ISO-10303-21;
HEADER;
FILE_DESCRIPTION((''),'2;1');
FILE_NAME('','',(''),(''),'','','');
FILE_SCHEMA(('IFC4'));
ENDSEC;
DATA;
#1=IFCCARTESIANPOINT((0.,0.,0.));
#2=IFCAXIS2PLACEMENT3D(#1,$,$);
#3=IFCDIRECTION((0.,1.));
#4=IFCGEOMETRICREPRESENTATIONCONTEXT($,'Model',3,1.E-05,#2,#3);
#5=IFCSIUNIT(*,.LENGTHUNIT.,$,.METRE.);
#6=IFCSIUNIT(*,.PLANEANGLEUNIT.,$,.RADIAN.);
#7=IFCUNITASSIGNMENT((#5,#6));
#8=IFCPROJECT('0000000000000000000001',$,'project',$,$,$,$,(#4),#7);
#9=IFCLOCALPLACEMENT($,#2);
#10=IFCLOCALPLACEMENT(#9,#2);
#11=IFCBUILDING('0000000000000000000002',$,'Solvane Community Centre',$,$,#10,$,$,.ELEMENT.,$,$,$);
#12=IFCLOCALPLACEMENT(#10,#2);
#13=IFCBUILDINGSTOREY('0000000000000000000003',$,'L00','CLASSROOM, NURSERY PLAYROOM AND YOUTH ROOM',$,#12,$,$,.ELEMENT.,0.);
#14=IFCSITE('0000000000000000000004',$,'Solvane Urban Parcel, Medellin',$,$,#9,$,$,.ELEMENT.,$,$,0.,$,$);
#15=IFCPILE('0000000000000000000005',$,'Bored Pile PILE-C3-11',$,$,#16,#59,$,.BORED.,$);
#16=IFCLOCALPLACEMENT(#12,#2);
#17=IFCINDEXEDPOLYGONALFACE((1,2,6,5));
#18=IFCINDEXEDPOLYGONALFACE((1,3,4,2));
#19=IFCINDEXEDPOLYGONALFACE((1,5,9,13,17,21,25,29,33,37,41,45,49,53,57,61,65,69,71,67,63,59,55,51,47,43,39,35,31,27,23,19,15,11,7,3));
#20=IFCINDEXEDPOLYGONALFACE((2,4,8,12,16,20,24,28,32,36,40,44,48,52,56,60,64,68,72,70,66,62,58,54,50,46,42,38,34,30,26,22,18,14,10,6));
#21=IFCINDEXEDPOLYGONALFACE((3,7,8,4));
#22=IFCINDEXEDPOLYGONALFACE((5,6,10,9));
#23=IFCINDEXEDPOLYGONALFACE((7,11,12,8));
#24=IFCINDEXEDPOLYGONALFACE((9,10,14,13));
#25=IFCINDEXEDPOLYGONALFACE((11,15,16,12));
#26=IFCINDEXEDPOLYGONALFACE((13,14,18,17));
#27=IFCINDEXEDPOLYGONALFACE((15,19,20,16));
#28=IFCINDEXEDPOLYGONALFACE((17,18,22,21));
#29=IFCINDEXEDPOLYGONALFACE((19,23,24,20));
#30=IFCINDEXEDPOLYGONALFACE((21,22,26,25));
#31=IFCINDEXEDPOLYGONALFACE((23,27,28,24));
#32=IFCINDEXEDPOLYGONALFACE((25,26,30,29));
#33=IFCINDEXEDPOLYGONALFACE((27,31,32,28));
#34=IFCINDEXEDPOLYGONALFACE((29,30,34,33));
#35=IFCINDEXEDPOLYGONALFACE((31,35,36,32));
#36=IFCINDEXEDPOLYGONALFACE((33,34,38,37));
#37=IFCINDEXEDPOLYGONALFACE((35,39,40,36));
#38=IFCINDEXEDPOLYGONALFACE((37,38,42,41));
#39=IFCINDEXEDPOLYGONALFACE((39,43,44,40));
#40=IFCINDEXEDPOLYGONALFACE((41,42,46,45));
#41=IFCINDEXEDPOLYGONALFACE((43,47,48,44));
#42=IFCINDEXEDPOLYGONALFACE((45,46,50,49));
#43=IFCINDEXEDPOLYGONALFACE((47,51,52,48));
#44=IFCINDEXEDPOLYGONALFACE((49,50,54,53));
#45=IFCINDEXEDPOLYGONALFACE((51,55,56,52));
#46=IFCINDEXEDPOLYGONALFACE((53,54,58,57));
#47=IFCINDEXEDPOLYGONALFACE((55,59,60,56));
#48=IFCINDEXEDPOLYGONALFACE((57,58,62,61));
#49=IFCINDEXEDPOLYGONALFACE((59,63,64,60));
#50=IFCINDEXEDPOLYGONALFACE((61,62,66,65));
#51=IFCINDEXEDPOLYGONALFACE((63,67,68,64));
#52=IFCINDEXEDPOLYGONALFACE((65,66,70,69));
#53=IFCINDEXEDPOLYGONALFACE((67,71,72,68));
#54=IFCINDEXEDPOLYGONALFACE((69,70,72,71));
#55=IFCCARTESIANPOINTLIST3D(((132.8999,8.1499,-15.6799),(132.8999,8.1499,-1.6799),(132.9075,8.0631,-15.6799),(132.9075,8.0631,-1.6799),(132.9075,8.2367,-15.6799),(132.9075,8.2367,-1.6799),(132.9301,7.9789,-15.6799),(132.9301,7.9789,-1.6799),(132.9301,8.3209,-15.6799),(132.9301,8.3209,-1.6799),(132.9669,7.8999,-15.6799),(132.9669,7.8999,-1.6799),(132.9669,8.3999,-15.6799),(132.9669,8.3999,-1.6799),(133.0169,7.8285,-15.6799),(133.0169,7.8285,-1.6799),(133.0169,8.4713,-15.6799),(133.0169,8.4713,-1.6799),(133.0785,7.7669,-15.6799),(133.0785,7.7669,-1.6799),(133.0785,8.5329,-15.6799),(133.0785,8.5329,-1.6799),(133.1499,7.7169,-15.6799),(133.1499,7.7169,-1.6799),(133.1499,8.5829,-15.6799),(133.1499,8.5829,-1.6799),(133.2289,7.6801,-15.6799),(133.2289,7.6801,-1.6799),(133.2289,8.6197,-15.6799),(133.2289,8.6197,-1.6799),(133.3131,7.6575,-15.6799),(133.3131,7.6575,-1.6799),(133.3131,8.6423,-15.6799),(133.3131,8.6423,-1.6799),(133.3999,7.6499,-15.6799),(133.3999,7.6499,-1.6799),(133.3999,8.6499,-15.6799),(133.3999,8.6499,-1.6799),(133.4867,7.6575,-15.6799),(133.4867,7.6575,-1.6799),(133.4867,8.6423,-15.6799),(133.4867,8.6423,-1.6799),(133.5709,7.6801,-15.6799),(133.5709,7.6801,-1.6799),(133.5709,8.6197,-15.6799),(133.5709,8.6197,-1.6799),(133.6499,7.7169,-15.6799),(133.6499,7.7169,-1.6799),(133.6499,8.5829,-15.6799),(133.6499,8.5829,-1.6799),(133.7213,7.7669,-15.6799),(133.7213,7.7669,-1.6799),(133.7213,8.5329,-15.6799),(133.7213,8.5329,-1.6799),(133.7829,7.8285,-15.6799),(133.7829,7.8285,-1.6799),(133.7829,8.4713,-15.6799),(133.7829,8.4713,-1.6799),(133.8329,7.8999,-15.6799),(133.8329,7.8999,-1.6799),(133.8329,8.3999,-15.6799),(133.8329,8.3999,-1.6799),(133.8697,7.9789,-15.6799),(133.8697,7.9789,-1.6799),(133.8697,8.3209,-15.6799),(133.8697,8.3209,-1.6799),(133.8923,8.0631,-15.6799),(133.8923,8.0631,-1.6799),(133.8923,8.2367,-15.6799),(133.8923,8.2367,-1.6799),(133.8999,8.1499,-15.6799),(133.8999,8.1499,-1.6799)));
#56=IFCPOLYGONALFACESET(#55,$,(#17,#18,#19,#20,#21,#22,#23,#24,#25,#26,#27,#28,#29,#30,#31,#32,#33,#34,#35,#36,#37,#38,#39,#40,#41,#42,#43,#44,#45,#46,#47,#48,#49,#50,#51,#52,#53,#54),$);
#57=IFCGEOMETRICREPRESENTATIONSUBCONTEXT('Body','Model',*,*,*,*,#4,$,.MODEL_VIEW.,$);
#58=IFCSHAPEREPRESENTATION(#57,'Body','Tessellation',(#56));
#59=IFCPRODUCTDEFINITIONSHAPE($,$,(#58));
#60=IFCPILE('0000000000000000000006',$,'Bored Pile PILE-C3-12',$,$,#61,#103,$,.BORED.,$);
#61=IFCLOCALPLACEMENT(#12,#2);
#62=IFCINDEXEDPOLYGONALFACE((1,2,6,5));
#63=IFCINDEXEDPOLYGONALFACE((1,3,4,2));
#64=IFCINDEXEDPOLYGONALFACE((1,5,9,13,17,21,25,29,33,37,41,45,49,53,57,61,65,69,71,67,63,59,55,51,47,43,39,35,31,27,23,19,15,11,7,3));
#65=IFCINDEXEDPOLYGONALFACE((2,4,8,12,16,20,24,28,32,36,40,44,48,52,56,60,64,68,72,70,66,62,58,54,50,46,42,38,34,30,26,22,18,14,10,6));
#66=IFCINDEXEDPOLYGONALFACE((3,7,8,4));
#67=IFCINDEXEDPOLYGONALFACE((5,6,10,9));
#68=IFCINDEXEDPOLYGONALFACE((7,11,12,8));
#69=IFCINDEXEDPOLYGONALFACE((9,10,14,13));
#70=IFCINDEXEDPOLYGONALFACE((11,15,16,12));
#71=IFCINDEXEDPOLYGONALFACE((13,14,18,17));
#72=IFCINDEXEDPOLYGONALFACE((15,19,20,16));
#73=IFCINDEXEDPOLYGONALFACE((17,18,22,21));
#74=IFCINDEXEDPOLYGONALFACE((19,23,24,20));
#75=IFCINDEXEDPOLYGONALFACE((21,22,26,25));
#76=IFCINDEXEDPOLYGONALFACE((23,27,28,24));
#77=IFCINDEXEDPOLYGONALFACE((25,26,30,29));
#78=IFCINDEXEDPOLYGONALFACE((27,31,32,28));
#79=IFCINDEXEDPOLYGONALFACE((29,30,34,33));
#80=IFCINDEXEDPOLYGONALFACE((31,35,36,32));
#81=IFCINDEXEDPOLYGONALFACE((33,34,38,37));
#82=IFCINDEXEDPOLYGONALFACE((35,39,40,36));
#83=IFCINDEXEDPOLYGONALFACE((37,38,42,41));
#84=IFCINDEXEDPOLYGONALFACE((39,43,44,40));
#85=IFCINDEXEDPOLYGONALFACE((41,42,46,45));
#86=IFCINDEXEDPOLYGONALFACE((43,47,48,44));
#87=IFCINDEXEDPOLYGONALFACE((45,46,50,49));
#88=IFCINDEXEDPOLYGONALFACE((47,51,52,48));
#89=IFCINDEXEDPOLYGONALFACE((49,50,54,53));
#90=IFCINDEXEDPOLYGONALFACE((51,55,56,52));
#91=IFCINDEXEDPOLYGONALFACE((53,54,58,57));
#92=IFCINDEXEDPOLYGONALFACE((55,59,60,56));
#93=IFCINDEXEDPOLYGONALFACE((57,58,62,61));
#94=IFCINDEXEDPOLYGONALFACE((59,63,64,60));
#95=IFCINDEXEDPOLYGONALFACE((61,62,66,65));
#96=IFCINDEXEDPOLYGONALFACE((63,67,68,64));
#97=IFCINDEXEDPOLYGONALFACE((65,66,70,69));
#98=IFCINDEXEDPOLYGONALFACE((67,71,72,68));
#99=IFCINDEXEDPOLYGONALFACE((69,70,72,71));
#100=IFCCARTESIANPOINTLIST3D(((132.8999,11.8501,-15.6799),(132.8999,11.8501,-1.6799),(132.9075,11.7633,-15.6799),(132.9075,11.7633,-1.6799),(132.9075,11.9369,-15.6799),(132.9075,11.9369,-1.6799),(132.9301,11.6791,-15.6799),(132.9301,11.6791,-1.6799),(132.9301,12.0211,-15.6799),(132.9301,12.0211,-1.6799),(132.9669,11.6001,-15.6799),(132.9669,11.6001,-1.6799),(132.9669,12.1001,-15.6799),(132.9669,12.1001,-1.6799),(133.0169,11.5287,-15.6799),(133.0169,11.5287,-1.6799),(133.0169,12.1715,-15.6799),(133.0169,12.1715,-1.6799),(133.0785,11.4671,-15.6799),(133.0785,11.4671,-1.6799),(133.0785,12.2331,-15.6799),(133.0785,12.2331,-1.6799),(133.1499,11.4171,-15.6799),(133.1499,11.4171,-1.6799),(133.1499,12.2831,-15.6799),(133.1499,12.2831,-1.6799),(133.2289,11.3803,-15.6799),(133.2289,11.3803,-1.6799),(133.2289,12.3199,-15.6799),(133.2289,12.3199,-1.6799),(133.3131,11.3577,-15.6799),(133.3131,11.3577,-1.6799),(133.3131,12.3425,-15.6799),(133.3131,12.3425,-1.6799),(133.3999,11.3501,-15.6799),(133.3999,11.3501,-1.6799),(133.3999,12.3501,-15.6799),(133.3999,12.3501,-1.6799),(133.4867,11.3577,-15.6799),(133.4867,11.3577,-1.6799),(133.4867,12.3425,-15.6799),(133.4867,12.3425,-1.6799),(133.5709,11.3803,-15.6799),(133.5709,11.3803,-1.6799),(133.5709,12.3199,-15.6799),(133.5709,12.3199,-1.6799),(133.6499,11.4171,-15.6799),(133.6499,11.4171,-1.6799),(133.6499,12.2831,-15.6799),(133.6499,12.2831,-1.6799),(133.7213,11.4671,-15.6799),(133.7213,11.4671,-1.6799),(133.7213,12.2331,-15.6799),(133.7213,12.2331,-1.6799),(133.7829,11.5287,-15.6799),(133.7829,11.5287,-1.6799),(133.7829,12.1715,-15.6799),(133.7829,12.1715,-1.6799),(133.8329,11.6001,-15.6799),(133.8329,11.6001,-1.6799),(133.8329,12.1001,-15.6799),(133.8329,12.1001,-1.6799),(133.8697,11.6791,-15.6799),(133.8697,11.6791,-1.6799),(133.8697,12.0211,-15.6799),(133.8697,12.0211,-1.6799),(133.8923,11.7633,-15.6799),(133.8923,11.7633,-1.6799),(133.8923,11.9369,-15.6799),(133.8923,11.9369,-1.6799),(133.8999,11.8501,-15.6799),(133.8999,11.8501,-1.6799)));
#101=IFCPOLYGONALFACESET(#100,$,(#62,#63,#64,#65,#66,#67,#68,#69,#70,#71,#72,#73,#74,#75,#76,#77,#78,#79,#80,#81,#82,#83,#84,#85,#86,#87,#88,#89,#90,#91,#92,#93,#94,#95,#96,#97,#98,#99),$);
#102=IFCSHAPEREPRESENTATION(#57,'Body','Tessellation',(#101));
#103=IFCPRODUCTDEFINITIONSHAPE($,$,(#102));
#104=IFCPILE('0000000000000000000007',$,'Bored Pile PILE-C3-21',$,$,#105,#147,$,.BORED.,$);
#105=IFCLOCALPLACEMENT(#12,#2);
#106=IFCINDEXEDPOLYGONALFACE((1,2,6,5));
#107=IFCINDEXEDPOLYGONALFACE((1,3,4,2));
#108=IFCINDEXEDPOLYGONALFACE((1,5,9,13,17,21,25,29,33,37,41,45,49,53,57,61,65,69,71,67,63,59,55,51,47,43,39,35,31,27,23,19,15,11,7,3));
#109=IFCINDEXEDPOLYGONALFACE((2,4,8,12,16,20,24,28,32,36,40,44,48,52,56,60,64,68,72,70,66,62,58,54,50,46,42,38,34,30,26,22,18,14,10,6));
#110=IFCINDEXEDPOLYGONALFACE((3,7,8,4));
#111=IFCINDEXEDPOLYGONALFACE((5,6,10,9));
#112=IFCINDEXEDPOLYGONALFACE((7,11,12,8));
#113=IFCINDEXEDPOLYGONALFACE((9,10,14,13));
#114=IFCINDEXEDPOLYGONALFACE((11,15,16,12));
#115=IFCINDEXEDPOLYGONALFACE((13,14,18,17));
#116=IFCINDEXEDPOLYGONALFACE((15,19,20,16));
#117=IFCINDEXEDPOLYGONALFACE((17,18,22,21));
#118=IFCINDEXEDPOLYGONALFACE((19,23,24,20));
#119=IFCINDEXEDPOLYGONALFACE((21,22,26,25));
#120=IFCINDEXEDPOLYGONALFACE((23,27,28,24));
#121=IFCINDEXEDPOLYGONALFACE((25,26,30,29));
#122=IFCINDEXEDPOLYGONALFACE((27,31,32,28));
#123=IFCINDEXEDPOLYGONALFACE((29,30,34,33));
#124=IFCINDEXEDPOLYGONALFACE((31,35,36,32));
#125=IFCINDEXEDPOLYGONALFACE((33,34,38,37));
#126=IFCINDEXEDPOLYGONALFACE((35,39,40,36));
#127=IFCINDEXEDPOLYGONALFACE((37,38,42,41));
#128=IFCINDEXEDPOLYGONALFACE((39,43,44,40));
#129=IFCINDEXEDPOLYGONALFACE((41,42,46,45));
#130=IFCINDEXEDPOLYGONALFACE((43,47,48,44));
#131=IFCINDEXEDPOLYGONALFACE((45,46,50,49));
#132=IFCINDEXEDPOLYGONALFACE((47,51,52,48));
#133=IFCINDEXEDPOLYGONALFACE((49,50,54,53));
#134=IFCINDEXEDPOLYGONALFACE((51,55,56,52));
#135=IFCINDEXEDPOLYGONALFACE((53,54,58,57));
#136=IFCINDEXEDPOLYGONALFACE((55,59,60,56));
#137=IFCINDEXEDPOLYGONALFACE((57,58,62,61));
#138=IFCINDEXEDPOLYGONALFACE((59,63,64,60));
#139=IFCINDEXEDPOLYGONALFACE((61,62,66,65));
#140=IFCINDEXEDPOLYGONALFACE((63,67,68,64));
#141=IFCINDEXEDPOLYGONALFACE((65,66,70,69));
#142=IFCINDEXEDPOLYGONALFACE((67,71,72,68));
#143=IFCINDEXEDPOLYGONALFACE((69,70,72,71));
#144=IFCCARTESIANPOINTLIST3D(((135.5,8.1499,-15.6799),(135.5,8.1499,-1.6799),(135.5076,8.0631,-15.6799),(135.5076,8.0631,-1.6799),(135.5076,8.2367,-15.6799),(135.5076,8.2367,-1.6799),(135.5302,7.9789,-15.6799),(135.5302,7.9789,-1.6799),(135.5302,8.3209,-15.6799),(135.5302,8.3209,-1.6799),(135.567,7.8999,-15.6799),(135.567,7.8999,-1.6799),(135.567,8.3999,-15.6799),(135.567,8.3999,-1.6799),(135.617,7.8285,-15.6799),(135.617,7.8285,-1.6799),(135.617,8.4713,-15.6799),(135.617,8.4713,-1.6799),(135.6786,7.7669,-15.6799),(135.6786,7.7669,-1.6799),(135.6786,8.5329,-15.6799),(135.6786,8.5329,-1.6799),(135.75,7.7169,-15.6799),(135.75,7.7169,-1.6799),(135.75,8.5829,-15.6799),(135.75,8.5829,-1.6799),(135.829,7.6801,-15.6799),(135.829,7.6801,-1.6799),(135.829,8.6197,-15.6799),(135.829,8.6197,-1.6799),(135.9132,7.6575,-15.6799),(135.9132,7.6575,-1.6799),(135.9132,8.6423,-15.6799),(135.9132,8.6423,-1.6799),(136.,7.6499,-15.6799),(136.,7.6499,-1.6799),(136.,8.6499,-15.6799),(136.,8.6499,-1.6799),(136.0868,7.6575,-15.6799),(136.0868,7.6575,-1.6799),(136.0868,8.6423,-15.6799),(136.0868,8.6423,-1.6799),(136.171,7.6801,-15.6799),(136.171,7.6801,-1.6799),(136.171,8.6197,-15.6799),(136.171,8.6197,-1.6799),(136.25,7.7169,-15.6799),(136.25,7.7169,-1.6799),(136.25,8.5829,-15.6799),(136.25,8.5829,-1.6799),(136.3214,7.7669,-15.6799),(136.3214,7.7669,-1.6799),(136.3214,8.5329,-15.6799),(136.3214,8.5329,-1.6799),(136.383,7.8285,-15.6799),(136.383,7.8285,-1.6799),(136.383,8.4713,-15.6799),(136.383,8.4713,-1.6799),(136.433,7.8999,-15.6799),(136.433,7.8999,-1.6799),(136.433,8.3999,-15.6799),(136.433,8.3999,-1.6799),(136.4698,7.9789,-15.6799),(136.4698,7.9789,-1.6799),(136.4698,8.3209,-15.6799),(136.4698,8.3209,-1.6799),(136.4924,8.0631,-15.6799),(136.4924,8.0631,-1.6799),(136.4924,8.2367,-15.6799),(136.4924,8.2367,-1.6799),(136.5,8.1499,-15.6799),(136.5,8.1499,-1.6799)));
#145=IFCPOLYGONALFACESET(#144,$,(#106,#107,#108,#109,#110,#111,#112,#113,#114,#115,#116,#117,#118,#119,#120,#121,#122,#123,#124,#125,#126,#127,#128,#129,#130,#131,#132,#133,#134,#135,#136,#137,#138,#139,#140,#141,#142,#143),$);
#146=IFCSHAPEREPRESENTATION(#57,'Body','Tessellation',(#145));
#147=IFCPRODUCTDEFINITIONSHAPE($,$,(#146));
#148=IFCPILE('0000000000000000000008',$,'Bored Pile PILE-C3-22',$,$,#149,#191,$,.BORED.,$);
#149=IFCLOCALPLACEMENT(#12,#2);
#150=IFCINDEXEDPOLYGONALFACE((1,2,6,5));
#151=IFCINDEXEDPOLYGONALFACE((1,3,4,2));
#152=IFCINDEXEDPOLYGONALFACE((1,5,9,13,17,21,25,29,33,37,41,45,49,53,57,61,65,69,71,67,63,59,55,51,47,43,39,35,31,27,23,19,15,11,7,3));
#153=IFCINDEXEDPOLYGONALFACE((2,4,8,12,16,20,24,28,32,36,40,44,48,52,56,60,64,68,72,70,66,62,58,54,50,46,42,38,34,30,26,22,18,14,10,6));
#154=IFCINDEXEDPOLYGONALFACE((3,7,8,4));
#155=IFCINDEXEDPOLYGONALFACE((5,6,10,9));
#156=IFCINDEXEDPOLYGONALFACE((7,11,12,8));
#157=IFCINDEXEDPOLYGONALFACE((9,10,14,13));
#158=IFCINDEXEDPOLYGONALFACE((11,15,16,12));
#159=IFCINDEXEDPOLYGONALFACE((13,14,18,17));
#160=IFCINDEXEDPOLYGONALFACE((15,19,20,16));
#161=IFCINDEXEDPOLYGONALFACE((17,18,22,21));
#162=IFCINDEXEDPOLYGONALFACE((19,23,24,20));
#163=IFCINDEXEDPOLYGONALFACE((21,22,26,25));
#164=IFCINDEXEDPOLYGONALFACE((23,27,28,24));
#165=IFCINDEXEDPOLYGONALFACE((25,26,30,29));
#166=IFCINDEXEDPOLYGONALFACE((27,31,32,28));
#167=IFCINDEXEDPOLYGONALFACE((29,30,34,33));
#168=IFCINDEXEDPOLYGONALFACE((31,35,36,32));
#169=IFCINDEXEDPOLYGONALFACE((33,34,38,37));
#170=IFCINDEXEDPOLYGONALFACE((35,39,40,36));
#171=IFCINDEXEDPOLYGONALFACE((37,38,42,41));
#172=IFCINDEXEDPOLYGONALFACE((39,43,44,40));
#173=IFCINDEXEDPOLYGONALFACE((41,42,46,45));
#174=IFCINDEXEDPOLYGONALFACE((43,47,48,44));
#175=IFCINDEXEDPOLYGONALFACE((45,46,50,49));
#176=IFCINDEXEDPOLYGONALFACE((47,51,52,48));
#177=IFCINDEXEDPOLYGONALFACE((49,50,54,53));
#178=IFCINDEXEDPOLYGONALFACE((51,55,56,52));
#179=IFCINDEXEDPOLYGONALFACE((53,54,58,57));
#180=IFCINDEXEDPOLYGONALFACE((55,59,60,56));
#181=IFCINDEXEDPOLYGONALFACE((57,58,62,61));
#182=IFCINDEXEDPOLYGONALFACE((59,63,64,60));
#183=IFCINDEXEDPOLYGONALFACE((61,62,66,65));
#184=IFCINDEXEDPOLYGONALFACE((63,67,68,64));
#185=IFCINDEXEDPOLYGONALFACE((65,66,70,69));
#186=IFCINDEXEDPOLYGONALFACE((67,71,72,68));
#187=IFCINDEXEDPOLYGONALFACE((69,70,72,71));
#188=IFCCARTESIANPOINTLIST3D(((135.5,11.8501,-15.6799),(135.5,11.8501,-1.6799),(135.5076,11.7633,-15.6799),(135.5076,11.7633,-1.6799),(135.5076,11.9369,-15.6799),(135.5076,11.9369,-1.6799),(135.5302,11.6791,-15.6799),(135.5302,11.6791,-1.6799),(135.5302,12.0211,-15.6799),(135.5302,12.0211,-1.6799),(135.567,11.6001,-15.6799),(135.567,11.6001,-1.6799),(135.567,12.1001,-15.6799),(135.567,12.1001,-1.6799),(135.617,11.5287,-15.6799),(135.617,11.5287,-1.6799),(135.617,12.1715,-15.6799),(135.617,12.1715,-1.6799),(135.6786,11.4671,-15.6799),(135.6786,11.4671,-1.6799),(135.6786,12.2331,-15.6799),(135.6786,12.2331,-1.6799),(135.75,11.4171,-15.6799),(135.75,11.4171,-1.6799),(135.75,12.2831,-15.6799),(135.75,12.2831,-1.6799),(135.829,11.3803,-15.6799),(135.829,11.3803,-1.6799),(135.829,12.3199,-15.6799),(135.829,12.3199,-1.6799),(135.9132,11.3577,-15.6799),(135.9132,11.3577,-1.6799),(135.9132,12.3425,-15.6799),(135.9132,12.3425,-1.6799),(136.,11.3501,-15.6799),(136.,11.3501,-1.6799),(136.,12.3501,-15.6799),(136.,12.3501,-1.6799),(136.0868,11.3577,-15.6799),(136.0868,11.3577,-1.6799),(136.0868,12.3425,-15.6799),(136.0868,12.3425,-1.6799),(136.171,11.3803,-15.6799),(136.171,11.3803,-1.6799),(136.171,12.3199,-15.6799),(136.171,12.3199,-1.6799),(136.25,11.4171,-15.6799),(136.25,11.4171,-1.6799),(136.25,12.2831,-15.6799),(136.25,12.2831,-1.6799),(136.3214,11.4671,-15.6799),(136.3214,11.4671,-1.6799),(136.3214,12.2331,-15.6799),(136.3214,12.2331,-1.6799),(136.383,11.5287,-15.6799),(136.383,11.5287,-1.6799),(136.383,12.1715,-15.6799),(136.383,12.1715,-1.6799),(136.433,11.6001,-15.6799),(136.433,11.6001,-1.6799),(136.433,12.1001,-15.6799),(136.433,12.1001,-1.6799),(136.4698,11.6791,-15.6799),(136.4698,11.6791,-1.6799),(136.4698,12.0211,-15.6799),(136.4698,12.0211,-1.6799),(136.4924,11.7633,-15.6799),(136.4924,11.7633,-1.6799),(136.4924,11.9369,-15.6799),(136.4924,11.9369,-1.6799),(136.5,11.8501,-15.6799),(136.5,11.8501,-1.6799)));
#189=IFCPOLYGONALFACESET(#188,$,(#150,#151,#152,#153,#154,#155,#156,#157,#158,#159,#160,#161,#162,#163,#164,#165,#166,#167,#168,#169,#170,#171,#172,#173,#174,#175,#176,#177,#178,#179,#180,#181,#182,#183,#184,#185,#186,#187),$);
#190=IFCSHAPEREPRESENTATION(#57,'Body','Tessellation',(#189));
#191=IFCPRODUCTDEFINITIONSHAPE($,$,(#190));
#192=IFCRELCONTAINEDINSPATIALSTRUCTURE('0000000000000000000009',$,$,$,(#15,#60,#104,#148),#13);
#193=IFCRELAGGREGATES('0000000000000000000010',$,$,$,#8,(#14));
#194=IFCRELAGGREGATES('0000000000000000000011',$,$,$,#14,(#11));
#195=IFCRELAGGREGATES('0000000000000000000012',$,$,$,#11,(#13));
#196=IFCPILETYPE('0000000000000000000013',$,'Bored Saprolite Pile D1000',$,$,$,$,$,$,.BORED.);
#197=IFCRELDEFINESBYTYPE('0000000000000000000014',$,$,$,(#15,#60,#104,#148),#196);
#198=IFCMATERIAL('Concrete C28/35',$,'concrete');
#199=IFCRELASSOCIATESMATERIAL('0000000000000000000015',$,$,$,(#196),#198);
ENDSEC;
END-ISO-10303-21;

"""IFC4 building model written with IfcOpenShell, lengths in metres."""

from ifc_helpers import new_model, si_unit, direction, frame, origin, origin_2d, place, context, subcontext, project, spatial, circle, extrude, material, material_profile, profile_set, type_object, element, save


model = new_model("IFC4")

# Units and contexts
model_context = context("Model", 3, precision=1e-05, world=origin(), true_north=direction((0.0, 1.0)))
body_context = subcontext(model_context, "Body", "Model", "MODEL_VIEW")
ifc_project = project(units=[si_unit("LENGTHUNIT", "METRE"), si_unit("PLANEANGLEUNIT", "RADIAN")], contexts=[model_context])

# Site, building, storey
site_placement = place(None, origin())
site = spatial("IfcSite", under=ifc_project, at=site_placement, Name="Solvane Urban Parcel, Medellin", CompositionType="ELEMENT", RefElevation=0.0)
building_placement = place(site_placement, origin())
building = spatial("IfcBuilding", under=site, at=building_placement, Name="Solvane Community Centre", CompositionType="ELEMENT")
storey_placement = place(building_placement, origin())
storey = spatial("IfcBuildingStorey", under=building, at=storey_placement, Name="L00", Description="CLASSROOM, NURSERY PLAYROOM AND YOUTH ROOM", CompositionType="ELEMENT", Elevation=0.0)

# Piles
ifc_material_1 = material(Name="Concrete C28/35", Category="concrete")
ifc_material_profile_1 = material_profile(ifc_material_1, circle(Radius=0.5, at=origin_2d()), Name="PILE D1000")
ifc_profile_set_1 = profile_set([ifc_material_profile_1], Name="Concrete C28/35")
pile_type_1 = type_object("IfcPileType", Name="Bored Saprolite Pile D1000", PredefinedType="BORED", material=ifc_profile_set_1)
for number, where, z_axis, x_axis, name in (
    (1, (133.3999, 8.1499, -1.6799), (0.0, 0.0, -1.0), (1.0, 0.0, 0.0), "Bored Pile PILE-C3-11"),
    (2, (133.3999, 11.8501, -1.6799), (0.0, 0.0, -1.0), (1.0, 0.0, 0.0), "Bored Pile PILE-C3-12"),
    (3, (136.0, 8.1499, -1.6799), (0.0, 0.0, -1.0), (1.0, 0.0, 0.0), "Bored Pile PILE-C3-21"),
    (4, (136.0, 11.8501, -1.6799), (0.0, 0.0, -1.0), (1.0, 0.0, 0.0), "Bored Pile PILE-C3-22"),
):
    element("IfcPile", number, at=place(storey_placement, frame(where, z_axis=z_axis, x_axis=x_axis)), inside=storey, type_object=pile_type_1, Name=name, PredefinedType="BORED", context=body_context, shape_type="SweptSolid", body=[
        extrude(circle(Radius=0.5, at=origin_2d()), origin(), (0.0, 0.0, 1.0), 14.0),
    ])

save(model, "model.ifc")
